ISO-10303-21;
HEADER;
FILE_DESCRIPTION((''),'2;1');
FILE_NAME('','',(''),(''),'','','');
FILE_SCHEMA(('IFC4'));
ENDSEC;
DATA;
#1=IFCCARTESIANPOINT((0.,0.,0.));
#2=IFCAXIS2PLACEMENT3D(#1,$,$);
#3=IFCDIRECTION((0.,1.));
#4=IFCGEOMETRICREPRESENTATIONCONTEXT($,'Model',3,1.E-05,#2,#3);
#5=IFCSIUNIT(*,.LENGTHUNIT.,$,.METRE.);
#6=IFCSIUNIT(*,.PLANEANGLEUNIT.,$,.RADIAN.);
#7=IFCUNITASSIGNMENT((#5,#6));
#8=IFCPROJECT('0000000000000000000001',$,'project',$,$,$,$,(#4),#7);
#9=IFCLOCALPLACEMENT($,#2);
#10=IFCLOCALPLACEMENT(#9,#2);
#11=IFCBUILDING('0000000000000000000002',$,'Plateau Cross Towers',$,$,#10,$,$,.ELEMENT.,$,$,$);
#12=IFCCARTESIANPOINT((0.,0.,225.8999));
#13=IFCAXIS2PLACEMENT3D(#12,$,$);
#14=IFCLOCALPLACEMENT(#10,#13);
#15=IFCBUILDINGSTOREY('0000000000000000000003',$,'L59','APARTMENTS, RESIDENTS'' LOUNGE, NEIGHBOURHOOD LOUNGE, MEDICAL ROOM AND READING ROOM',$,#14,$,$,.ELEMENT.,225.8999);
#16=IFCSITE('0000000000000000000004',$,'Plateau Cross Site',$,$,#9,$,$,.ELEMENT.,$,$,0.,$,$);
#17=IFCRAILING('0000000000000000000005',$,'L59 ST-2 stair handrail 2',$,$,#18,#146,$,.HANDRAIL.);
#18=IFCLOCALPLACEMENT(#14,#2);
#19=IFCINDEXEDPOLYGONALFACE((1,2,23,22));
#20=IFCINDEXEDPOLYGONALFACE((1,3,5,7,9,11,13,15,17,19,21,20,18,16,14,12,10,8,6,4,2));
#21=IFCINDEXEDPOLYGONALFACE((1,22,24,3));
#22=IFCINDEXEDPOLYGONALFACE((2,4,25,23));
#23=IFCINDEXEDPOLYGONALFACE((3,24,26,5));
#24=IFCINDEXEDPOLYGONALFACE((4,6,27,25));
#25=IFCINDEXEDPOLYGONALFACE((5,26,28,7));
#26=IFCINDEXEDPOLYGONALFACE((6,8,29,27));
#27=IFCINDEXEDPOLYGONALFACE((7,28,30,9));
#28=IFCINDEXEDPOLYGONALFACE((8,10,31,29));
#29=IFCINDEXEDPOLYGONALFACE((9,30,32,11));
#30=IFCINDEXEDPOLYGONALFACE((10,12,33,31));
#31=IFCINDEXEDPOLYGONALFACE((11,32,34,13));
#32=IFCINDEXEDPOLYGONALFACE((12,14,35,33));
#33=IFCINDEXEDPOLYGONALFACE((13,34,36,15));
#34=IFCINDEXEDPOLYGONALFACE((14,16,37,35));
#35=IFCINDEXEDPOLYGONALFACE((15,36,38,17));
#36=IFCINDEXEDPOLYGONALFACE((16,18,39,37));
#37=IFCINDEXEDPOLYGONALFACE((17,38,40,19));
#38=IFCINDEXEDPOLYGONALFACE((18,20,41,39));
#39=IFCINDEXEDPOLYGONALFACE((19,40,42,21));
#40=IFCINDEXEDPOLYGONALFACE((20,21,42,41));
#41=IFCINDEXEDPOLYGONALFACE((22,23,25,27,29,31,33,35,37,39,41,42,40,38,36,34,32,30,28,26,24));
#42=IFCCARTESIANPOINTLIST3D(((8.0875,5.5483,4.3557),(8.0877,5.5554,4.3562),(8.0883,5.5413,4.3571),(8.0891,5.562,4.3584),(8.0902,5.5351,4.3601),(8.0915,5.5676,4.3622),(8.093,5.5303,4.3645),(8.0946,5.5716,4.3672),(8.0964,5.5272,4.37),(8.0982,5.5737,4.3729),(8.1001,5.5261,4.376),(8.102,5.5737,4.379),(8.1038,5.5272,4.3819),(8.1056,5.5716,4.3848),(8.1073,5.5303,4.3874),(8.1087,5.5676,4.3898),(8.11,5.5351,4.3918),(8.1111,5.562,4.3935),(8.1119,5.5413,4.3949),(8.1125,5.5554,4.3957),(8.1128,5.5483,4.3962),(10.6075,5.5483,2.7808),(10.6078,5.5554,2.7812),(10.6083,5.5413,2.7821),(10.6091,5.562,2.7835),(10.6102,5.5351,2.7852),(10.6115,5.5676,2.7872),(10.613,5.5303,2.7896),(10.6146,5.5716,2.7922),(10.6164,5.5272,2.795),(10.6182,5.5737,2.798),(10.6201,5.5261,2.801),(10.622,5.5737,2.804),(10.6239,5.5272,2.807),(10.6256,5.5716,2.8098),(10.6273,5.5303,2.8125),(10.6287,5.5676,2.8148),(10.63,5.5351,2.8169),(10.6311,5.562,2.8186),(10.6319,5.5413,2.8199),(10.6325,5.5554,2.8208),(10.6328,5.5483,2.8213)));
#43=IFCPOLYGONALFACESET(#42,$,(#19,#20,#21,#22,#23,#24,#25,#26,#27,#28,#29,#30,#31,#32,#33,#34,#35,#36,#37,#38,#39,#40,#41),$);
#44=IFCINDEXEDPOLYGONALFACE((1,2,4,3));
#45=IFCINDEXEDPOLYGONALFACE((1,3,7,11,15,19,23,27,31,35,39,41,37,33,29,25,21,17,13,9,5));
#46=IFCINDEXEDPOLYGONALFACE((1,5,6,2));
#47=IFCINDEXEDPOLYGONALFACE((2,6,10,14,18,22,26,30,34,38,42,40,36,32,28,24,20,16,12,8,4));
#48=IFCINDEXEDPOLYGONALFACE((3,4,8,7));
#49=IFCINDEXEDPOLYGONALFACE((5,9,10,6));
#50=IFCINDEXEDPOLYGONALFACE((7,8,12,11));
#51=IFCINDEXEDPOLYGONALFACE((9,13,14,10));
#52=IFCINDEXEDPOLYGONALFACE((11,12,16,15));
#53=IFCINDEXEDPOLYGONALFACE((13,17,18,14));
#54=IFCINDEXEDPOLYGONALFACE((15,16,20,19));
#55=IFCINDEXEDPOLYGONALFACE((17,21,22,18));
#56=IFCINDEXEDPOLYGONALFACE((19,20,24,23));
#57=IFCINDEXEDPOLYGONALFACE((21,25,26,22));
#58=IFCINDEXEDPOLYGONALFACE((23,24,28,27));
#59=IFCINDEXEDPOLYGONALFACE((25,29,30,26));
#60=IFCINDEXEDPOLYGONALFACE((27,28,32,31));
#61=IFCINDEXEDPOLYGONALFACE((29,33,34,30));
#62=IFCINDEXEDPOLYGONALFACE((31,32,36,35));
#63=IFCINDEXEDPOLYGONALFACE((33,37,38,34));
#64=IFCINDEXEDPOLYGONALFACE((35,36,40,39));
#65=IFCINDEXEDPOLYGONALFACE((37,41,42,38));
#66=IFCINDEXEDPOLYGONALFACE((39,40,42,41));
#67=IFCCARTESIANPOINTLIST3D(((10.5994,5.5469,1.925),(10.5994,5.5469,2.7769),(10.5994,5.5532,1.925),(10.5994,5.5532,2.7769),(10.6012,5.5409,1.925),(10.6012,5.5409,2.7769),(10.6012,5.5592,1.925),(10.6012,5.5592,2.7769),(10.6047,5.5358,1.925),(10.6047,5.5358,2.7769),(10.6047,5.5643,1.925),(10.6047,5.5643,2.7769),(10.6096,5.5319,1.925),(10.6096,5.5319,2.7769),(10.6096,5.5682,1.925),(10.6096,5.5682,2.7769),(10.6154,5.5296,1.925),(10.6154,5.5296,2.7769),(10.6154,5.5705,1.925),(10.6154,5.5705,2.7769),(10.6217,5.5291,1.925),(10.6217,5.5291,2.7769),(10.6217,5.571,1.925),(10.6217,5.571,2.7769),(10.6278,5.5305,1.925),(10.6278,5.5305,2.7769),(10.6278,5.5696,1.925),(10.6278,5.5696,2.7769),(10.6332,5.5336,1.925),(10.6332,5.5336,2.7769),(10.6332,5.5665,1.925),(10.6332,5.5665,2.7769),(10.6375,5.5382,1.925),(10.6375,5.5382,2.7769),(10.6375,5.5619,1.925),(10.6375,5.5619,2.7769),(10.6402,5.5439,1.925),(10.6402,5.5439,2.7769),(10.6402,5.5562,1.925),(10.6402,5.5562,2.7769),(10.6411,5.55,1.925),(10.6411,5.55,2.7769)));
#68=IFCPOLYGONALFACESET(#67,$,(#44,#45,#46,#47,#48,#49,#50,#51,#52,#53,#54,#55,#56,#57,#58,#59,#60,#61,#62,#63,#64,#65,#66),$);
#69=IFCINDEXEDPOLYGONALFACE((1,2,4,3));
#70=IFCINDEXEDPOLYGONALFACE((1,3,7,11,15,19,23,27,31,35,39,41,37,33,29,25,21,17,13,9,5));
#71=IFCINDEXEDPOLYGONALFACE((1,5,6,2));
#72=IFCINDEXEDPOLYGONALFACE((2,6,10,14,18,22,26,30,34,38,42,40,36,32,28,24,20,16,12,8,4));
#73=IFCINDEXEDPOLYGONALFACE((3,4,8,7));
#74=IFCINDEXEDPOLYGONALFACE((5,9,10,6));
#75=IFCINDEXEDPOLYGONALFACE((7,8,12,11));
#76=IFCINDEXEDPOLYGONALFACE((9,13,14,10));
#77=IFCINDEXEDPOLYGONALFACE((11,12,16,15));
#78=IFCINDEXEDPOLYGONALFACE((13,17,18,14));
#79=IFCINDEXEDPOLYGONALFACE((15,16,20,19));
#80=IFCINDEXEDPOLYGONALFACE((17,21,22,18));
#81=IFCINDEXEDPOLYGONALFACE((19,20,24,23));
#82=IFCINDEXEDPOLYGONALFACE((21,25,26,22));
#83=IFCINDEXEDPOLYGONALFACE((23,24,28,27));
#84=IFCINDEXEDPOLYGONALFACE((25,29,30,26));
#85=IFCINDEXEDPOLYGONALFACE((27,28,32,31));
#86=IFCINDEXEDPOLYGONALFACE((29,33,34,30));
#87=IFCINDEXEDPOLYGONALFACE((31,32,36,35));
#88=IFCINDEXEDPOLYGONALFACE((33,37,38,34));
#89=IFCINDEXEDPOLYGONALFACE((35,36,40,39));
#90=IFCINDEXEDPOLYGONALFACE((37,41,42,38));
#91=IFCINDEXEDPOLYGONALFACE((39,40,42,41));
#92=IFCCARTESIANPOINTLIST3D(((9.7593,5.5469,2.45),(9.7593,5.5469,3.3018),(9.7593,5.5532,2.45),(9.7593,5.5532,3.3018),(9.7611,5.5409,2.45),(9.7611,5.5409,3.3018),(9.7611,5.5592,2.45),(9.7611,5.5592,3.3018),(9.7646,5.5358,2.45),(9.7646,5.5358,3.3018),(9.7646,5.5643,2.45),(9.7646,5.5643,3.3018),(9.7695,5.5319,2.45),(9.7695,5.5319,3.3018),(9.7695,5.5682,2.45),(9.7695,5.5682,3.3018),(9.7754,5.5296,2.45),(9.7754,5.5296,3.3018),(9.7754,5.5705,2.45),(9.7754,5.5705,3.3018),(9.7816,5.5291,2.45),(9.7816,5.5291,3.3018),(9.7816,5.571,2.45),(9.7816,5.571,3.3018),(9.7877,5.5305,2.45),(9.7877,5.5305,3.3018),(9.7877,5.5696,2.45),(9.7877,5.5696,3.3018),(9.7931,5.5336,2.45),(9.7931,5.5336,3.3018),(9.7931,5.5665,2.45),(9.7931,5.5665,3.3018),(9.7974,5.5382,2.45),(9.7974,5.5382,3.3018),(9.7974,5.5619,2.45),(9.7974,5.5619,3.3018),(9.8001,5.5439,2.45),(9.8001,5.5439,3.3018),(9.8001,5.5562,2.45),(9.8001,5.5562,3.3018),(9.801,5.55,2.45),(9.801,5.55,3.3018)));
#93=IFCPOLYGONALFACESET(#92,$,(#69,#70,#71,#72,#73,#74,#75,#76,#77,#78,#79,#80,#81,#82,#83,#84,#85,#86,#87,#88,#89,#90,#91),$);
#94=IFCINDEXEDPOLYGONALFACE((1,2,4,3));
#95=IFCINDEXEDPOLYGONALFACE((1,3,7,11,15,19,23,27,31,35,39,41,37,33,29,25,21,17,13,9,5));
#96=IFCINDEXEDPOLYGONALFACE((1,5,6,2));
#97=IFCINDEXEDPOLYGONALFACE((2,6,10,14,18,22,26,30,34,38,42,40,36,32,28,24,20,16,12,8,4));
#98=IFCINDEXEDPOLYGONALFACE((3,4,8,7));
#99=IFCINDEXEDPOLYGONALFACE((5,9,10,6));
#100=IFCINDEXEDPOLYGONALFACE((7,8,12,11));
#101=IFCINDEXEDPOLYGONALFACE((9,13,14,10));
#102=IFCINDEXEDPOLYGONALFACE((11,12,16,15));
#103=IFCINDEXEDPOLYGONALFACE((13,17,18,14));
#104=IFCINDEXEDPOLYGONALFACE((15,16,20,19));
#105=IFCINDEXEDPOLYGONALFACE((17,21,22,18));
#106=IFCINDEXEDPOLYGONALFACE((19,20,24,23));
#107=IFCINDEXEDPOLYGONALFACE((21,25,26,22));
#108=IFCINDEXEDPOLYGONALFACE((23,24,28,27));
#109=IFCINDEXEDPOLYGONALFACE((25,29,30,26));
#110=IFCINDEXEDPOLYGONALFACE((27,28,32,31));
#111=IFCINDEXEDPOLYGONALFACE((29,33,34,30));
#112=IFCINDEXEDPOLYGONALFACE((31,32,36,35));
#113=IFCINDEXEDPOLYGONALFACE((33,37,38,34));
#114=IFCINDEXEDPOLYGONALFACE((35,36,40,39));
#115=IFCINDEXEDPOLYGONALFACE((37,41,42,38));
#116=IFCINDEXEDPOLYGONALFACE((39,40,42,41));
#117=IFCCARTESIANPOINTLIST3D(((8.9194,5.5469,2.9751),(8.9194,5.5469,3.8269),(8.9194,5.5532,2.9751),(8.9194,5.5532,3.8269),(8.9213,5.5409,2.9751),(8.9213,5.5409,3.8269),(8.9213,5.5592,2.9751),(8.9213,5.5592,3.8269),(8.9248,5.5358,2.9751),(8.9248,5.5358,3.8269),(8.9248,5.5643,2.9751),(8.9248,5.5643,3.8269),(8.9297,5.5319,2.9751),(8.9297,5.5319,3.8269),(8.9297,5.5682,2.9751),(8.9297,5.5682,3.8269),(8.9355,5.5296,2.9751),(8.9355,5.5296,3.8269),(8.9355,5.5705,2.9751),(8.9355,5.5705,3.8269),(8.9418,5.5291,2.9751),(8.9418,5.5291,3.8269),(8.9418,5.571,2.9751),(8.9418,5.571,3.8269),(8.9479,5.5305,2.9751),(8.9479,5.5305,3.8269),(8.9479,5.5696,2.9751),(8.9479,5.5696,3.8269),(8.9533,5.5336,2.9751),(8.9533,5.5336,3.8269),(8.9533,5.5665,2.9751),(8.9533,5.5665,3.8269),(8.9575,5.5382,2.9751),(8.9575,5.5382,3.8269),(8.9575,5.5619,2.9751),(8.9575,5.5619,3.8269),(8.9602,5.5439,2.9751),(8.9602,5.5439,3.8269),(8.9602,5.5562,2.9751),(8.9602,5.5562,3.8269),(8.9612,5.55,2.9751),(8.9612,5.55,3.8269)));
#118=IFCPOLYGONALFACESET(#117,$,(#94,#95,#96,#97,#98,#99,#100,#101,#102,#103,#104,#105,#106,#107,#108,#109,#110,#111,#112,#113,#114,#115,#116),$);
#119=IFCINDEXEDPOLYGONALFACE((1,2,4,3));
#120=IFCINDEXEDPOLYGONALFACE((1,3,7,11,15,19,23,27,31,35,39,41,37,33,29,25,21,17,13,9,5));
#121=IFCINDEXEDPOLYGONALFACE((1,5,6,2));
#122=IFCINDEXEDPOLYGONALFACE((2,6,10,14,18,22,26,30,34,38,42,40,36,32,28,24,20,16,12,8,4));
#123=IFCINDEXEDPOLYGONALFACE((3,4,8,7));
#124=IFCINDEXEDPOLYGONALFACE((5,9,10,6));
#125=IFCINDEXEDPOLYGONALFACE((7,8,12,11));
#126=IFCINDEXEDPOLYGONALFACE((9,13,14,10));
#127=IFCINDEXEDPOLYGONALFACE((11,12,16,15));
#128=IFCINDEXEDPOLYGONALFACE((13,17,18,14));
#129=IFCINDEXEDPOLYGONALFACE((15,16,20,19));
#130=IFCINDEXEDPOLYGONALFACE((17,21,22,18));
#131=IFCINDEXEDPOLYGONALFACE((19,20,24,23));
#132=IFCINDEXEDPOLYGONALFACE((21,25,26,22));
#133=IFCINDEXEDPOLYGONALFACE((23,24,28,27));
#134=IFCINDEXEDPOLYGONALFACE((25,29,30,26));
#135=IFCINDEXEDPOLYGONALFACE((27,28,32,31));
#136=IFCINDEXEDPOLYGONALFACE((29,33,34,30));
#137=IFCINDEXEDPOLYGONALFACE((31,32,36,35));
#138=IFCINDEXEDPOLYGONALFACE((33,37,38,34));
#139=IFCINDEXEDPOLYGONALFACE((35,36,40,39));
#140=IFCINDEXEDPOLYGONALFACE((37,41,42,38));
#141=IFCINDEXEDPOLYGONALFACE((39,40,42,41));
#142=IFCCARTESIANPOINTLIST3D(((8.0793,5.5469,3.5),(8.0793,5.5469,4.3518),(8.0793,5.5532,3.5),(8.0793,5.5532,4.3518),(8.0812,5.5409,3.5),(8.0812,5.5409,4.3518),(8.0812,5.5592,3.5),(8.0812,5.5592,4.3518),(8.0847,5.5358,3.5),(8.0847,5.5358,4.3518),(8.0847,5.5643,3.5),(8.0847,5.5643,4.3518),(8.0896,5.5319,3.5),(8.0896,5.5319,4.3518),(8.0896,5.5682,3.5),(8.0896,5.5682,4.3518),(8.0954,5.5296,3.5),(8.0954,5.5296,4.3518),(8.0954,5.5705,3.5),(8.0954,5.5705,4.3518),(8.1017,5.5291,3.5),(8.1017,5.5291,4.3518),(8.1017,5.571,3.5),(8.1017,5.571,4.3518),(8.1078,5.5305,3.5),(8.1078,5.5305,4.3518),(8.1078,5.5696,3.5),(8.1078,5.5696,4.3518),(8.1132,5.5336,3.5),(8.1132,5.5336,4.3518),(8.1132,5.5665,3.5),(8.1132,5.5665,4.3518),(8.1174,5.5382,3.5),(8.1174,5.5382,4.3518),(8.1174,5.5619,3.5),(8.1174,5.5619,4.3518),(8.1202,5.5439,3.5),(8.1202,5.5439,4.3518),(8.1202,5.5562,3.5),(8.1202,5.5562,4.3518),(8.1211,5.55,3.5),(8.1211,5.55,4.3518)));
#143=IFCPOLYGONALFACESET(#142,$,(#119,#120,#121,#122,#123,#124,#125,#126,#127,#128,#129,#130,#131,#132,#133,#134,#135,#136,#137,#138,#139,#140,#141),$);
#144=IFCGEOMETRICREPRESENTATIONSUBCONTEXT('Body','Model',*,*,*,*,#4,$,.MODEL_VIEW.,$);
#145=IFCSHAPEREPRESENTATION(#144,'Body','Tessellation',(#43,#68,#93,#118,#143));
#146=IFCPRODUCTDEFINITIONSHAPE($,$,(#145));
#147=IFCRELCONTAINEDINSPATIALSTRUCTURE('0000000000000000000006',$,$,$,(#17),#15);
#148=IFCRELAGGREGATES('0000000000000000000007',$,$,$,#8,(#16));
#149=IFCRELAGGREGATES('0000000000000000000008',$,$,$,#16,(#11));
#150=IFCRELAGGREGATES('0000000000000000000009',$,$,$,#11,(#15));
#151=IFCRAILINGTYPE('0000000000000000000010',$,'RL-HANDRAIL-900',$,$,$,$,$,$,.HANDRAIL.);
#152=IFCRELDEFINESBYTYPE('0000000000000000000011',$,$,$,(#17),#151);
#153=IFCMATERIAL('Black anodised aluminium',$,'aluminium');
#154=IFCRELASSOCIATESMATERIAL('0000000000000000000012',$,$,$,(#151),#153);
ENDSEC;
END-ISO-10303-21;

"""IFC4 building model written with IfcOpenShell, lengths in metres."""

from ifc_helpers import new_model, si_unit, direction, frame, origin, origin_2d, place, context, subcontext, project, spatial, circle, extrude, material, type_object, element, save


model = new_model("IFC4")

# Units and contexts
model_context = context("Model", 3, precision=1e-05, world=origin(), true_north=direction((0.0, 1.0)))
body_context = subcontext(model_context, "Body", "Model", "MODEL_VIEW")
ifc_project = project(units=[si_unit("LENGTHUNIT", "METRE"), si_unit("PLANEANGLEUNIT", "RADIAN")], contexts=[model_context])

# Site, building, storey
site_placement = place(None, origin())
site = spatial("IfcSite", under=ifc_project, at=site_placement, Name="Plateau Cross Site", CompositionType="ELEMENT", RefElevation=0.0)
building_placement = place(site_placement, origin())
building = spatial("IfcBuilding", under=site, at=building_placement, Name="Plateau Cross Towers", CompositionType="ELEMENT")
storey_placement = place(building_placement, frame((0.0, 0.0, 225.8999)))
storey = spatial("IfcBuildingStorey", under=building, at=storey_placement, Name="L59", Description="APARTMENTS, RESIDENTS' LOUNGE, NEIGHBOURHOOD LOUNGE, MEDICAL ROOM AND READING ROOM", CompositionType="ELEMENT", Elevation=225.8999)

# Railing
ifc_material_1 = material(Name="Black anodised aluminium", Category="aluminium")
railing_type_1 = type_object("IfcRailingType", Name="RL-HANDRAIL-900", PredefinedType="HANDRAIL", material=ifc_material_1)
railing_1_placement = place(storey_placement, frame((10.6201, 5.55, 1.925)))
element("IfcRailing", 1, at=railing_1_placement, inside=storey, type_object=railing_type_1, Name="L59 ST-2 stair handrail 2", PredefinedType="HANDRAIL", context=body_context, shape_type="SweptSolid", body=[
    extrude(circle(Radius=0.0239, at=origin_2d()), frame((0.0, 0.0, 0.876), z_axis=(-0.848008, 0.0, 0.529984), x_axis=(0.0, -1.0, 0.0)), (0.0, 0.0, 1.0), 2.9717),
    extrude(circle(Radius=0.021, at=origin_2d()), origin(), (0.0, 0.0, 1.0), 0.8518),
    extrude(circle(Radius=0.021, at=origin_2d()), frame((-0.8401, 0.0, 0.5249)), (0.0, 0.0, 1.0), 0.8518),
    extrude(circle(Radius=0.021, at=origin_2d()), frame((-1.6799, 0.0, 1.05)), (0.0, 0.0, 1.0), 0.8518),
    extrude(circle(Radius=0.021, at=origin_2d()), frame((-2.52, 0.0, 1.575)), (0.0, 0.0, 1.0), 0.8518),
])

save(model, "model.ifc")
